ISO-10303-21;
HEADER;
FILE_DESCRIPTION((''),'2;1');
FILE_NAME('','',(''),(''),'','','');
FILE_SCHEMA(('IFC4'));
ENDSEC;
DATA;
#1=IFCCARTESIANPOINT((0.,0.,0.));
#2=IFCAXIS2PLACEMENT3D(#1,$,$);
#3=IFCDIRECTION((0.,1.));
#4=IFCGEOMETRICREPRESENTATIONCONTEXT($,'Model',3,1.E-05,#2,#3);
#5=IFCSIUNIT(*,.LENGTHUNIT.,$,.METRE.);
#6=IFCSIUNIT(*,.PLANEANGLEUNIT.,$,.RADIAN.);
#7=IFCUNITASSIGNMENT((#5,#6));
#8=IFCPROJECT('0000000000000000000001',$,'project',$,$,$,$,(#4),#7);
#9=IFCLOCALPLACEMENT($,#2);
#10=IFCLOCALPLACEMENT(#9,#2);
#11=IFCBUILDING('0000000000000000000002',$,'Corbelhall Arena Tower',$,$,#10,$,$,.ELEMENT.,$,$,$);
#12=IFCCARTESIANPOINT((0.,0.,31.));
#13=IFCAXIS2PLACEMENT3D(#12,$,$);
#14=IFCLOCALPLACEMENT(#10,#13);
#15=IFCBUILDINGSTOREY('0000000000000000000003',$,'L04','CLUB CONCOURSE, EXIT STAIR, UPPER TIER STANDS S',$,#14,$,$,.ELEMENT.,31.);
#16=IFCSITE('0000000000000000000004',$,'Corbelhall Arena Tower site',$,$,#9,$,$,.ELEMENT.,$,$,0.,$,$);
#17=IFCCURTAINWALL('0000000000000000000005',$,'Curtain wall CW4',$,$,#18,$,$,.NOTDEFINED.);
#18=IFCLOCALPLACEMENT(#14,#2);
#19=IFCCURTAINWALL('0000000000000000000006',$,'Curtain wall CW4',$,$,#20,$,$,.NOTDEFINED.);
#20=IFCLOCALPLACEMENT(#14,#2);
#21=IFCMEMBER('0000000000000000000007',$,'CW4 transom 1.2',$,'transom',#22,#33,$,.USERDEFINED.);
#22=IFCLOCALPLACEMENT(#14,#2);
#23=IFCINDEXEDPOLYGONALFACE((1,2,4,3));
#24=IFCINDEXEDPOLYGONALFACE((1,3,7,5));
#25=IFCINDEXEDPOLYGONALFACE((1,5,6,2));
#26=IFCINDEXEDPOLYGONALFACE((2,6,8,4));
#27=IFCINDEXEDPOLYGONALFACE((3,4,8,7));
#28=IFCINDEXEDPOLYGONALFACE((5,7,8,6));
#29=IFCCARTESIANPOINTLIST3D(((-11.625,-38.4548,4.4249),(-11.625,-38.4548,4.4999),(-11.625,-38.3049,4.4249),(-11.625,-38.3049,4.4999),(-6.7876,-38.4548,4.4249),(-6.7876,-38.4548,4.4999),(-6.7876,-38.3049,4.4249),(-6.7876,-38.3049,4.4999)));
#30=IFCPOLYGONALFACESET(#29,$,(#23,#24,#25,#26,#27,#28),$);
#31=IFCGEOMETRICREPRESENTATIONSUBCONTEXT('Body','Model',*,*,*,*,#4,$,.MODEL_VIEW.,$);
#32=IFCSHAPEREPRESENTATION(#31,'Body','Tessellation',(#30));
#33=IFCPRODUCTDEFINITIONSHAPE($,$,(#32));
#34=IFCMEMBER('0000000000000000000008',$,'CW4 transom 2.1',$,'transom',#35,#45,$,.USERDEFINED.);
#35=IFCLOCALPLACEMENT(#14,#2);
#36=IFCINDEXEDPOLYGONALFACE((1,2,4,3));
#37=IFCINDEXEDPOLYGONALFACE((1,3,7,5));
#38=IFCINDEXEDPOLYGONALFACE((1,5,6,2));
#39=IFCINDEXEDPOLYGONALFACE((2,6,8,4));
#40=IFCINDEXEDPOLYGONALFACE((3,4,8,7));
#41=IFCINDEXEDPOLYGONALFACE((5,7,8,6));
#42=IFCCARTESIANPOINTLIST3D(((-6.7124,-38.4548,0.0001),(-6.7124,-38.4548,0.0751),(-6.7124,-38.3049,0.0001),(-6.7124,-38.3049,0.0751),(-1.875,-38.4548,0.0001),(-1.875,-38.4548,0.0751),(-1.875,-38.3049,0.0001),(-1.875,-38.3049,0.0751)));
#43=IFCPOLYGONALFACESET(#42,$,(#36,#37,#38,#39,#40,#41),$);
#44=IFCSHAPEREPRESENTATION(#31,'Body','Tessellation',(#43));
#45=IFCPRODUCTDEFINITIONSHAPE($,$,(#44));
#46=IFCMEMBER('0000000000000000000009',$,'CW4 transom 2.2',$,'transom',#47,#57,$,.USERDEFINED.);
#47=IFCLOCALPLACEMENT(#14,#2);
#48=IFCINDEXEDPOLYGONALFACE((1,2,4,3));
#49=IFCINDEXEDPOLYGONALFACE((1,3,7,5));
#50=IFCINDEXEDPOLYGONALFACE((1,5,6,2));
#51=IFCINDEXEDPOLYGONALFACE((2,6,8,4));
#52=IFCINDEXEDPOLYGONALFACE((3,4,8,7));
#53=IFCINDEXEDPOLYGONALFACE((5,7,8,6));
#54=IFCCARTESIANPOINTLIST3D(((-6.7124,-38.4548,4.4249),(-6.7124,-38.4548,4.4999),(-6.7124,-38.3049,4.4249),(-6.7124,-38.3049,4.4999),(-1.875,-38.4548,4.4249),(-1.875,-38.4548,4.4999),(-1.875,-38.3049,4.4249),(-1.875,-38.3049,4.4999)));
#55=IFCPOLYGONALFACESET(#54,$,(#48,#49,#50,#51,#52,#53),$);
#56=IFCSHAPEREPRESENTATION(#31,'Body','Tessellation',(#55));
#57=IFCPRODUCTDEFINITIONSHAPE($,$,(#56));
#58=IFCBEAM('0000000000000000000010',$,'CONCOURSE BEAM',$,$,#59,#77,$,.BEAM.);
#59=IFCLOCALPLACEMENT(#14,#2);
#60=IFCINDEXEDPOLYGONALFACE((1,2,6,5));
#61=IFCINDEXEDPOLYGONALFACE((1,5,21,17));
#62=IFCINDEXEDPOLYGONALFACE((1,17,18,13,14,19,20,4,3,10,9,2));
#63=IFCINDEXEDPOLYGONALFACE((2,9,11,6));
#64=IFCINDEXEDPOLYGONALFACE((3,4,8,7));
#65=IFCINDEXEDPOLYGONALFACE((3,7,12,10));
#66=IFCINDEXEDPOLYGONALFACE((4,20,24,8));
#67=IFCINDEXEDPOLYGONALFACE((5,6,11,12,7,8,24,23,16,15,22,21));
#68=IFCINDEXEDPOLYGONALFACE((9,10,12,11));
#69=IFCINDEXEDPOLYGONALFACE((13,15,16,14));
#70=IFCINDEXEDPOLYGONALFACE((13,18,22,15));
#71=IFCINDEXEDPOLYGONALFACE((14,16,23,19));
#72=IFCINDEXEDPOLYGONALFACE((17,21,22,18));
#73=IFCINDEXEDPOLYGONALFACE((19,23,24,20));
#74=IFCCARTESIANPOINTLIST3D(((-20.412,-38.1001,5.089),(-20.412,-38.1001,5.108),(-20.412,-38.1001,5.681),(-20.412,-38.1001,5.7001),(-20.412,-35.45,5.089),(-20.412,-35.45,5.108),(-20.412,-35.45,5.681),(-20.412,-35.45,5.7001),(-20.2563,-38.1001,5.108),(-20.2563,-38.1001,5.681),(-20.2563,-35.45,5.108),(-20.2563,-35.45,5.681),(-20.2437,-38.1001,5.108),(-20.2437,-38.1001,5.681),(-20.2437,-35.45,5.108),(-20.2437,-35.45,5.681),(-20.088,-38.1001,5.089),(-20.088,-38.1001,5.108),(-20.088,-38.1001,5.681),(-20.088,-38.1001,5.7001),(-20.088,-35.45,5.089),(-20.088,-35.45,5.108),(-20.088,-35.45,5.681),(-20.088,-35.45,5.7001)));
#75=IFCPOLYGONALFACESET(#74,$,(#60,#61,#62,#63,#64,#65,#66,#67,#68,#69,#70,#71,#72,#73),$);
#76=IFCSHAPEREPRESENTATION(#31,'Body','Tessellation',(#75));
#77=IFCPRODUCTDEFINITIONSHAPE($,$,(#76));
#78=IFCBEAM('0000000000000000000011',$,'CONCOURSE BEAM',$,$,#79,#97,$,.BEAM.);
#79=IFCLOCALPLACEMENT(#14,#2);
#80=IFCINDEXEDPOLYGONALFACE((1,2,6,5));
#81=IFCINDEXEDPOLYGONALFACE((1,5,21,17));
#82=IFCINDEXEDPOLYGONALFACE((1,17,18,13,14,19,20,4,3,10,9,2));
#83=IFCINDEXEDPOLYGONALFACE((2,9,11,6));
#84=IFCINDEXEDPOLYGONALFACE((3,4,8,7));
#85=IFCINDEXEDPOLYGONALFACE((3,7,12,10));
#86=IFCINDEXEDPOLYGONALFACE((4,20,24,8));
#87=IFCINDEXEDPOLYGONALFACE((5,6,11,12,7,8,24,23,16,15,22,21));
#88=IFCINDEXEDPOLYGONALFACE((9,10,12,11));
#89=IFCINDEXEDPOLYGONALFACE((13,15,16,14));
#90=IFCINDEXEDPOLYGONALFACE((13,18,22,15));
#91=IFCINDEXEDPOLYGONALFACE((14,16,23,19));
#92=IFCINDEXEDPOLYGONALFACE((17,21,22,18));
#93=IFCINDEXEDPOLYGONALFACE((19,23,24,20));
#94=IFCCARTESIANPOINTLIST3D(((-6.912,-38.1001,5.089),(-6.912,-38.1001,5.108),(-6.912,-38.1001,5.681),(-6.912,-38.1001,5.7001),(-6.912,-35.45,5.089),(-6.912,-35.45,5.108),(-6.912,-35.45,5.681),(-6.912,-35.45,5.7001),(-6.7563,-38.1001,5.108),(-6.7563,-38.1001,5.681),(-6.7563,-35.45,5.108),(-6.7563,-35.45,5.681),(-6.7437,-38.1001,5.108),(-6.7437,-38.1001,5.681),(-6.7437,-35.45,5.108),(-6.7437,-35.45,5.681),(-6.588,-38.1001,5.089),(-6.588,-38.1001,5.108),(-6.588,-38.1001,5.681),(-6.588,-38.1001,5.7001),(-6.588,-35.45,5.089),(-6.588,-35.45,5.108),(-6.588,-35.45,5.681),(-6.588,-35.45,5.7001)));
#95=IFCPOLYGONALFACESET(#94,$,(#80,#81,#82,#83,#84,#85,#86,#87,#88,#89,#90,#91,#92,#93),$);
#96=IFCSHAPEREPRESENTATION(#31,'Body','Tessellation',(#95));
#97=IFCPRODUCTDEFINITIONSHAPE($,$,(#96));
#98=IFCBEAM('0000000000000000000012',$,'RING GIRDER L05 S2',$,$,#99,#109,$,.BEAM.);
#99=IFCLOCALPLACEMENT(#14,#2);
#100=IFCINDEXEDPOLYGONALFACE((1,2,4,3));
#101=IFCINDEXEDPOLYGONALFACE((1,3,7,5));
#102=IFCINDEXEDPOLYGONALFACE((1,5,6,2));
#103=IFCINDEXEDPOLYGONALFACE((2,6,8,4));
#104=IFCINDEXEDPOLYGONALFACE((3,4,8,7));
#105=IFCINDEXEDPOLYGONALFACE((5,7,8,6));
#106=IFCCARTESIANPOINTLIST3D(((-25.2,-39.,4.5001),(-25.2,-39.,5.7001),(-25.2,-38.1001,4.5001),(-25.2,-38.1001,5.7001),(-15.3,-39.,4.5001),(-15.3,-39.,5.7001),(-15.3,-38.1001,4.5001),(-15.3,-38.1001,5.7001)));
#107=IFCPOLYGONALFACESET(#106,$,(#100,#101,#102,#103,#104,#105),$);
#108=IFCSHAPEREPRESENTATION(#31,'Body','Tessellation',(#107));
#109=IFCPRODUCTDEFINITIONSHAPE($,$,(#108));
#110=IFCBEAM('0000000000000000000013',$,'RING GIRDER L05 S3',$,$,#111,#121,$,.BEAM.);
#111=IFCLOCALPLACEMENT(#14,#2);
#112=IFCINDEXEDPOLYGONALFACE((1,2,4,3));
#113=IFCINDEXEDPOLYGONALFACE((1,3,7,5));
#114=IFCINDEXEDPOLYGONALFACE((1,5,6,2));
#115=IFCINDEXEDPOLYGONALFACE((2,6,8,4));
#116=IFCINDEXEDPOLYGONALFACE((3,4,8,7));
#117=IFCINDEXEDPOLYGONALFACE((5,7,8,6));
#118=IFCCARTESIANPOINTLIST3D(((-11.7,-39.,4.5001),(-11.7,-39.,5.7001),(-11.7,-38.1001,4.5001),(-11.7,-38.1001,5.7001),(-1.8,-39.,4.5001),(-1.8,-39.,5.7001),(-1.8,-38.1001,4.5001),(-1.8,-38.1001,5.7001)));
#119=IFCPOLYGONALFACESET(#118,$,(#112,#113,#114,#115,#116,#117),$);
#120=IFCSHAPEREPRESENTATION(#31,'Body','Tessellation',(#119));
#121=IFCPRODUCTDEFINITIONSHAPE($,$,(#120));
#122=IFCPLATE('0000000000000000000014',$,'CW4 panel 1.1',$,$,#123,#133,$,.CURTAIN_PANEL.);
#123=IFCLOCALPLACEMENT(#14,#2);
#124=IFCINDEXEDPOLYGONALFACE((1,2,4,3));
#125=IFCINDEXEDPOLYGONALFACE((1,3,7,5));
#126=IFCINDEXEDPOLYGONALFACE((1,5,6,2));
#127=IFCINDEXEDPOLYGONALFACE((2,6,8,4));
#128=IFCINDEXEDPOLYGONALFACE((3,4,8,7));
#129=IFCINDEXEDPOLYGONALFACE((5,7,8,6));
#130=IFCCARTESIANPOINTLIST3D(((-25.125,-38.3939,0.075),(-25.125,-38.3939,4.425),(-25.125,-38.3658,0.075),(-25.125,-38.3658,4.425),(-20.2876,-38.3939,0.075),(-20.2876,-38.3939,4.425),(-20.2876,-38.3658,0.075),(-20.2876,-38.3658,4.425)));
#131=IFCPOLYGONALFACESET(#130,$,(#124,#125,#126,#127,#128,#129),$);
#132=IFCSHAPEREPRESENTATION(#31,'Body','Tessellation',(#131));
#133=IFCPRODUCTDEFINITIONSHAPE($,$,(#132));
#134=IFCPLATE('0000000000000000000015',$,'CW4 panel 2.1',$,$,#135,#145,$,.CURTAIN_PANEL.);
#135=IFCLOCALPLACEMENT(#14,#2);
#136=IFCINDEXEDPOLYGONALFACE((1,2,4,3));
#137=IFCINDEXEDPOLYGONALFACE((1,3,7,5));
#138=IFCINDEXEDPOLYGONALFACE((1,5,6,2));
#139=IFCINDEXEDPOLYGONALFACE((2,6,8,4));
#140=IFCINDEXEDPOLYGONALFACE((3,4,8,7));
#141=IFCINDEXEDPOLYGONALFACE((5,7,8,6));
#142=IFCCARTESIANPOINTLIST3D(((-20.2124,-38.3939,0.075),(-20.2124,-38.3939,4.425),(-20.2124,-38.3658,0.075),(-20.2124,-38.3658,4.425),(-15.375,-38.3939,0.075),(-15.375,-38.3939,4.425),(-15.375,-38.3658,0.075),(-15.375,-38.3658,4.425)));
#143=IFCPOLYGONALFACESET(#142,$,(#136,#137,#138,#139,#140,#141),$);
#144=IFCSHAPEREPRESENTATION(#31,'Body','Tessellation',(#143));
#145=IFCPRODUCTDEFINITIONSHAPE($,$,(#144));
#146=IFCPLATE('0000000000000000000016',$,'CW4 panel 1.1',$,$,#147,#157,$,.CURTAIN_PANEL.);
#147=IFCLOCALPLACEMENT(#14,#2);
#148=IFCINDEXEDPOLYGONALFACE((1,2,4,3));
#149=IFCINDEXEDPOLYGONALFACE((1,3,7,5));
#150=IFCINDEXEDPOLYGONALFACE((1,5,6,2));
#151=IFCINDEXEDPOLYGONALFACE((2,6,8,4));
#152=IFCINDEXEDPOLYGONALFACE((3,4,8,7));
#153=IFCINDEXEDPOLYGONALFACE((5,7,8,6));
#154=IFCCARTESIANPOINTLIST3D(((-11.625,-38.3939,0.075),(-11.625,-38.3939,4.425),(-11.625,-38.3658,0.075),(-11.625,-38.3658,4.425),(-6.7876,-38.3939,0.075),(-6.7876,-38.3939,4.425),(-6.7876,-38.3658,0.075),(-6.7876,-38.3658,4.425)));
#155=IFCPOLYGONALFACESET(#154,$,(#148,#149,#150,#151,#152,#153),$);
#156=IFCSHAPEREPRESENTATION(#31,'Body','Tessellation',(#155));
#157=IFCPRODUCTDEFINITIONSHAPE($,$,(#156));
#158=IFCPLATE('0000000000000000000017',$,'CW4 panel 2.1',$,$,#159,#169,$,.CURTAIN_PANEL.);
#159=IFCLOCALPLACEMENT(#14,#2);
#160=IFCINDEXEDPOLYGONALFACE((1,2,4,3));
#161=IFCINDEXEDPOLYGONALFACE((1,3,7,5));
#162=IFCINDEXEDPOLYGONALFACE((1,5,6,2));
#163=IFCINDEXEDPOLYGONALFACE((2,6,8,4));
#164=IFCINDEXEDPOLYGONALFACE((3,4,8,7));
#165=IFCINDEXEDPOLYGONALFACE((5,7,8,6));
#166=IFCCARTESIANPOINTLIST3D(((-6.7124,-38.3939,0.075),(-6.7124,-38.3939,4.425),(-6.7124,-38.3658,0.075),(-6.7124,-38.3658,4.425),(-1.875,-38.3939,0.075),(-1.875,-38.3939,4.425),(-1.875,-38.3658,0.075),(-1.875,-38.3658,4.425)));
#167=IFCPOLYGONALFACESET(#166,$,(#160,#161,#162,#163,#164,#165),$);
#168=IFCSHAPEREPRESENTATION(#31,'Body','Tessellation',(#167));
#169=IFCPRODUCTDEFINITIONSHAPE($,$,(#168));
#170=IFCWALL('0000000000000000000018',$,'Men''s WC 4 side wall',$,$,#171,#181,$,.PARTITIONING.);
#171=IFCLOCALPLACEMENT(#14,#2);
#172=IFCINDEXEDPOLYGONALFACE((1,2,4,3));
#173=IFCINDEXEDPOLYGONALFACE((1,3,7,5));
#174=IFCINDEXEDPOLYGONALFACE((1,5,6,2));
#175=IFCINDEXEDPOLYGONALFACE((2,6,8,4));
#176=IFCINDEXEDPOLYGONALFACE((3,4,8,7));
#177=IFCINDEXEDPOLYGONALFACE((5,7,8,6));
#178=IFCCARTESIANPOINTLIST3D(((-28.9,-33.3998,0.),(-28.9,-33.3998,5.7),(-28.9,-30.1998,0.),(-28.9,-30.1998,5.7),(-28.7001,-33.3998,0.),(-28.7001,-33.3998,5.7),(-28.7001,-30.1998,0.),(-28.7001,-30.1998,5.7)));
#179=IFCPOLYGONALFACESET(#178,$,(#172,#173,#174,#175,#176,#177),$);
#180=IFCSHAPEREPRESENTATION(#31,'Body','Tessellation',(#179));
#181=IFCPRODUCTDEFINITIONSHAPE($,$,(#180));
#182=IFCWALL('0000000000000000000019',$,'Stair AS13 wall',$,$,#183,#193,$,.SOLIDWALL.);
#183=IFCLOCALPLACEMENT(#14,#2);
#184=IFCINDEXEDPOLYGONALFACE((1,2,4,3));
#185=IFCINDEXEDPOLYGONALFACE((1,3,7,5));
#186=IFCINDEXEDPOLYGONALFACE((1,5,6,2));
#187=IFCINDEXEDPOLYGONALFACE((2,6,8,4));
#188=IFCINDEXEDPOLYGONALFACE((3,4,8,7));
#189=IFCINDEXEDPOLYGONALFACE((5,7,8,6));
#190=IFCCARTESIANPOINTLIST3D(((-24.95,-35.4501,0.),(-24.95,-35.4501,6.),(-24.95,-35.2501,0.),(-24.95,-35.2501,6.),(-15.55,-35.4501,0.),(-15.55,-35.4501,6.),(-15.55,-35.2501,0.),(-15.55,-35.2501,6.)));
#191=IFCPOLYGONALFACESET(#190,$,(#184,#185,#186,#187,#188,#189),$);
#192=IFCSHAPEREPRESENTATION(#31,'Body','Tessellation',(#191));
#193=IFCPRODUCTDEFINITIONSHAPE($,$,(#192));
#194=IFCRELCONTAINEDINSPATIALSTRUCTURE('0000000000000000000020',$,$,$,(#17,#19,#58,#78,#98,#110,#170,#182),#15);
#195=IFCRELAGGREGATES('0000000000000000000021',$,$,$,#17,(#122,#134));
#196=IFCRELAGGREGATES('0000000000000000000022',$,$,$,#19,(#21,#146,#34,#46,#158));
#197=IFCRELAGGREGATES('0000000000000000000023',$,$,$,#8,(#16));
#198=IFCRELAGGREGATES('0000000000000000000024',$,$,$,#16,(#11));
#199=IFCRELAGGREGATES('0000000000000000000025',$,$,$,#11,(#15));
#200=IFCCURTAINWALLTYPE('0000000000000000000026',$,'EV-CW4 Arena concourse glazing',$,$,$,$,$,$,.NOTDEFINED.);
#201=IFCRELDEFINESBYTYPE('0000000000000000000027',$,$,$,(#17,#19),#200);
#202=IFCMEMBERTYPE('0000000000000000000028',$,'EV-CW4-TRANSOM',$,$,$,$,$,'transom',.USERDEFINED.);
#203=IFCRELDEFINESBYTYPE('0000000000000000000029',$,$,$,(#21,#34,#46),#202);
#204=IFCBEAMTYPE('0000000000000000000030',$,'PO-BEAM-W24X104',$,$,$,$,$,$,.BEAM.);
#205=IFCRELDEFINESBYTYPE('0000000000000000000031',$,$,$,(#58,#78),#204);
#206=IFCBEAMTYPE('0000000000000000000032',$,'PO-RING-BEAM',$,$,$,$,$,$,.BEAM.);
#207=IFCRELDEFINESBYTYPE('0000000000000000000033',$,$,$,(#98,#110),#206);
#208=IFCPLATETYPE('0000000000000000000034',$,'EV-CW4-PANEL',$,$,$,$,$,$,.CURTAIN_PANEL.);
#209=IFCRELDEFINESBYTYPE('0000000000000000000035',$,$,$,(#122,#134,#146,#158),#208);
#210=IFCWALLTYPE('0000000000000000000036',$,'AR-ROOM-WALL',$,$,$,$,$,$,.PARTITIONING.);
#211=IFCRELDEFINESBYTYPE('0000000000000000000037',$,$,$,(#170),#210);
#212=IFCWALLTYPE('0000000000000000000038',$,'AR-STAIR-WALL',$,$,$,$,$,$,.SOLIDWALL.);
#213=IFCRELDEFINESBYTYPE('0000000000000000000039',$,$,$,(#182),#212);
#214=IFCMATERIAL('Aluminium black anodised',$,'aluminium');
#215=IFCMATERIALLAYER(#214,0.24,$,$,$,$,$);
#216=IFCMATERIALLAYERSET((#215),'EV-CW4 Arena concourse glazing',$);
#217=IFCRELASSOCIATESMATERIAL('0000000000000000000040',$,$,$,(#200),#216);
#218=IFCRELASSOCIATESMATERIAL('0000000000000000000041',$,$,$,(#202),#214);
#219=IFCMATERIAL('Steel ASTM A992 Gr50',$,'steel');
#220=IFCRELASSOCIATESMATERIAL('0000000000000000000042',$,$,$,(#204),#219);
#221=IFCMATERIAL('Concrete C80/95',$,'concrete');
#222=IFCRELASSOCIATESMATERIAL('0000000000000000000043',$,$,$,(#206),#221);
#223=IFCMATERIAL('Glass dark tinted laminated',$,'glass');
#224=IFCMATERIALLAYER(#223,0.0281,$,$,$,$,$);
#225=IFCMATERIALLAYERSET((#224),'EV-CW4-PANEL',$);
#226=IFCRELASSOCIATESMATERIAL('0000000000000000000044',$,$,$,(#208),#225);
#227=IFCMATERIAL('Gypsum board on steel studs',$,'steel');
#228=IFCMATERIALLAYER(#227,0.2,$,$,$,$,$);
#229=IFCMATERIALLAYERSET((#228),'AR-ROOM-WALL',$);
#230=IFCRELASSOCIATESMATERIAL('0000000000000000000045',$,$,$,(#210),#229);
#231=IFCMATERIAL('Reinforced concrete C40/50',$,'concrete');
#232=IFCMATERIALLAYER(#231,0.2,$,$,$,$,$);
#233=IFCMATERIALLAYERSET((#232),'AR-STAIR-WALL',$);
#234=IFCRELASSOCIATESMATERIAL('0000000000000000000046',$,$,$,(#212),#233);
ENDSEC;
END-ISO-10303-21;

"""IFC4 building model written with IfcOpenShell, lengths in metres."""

from ifc_helpers import new_model, si_unit, direction, frame, frame_2d, origin, origin_2d, place, context, subcontext, project, spatial, rectangle, i_section, extrude, material, layer, layer_set, material_profile, profile_set, type_object, element, aggregate, save


model = new_model("IFC4")

# Units and contexts
model_context = context("Model", 3, precision=1e-05, world=origin(), true_north=direction((0.0, 1.0)))
body_context = subcontext(model_context, "Body", "Model", "MODEL_VIEW")
ifc_project = project(units=[si_unit("LENGTHUNIT", "METRE"), si_unit("PLANEANGLEUNIT", "RADIAN")], contexts=[model_context])

# Site, building, storey
site_placement = place(None, origin())
site = spatial("IfcSite", under=ifc_project, at=site_placement, Name="Corbelhall Arena Tower site", CompositionType="ELEMENT", RefElevation=0.0)
building_placement = place(site_placement, origin())
building = spatial("IfcBuilding", under=site, at=building_placement, Name="Corbelhall Arena Tower", CompositionType="ELEMENT")
storey_placement = place(building_placement, frame((0.0, 0.0, 31.0)))
storey = spatial("IfcBuildingStorey", under=building, at=storey_placement, Name="L04", Description="CLUB CONCOURSE, EXIT STAIR, UPPER TIER STANDS S", CompositionType="ELEMENT", Elevation=31.0)

# Shared definitions
ifc_material_1 = material(Name="Concrete C80/95", Category="concrete")

# Shared definitions
ifc_material_2 = material(Name="Aluminium black anodised", Category="aluminium")
ifc_layer_1 = layer(ifc_material_2, 0.24)
ifc_layer_set_1 = layer_set([ifc_layer_1], Name="EV-CW4 Arena concourse glazing")
curtain_wall_type = type_object("IfcCurtainWallType", Name="EV-CW4 Arena concourse glazing", PredefinedType="NOTDEFINED", material=ifc_layer_set_1)

# Curtain walls
curtain_wall_1_placement = place(storey_placement, origin())
curtain_wall_1 = element("IfcCurtainWall", 1, at=curtain_wall_1_placement, inside=storey, type_object=curtain_wall_type, Name="Curtain wall CW4", PredefinedType="NOTDEFINED")
curtain_wall_2_placement = place(storey_placement, origin())
curtain_wall_2 = element("IfcCurtainWall", 2, at=curtain_wall_2_placement, inside=storey, type_object=curtain_wall_type, Name="Curtain wall CW4", PredefinedType="NOTDEFINED")

# Members
ifc_material_profile_1 = material_profile(ifc_material_2, rectangle(XDim=0.1499, YDim=0.075, at=origin_2d()))
ifc_profile_set_1 = profile_set([ifc_material_profile_1], Name="Aluminium black anodised")
member_type_1 = type_object("IfcMemberType", Name="EV-CW4-TRANSOM", ElementType="transom", PredefinedType="USERDEFINED", material=ifc_profile_set_1)
member_1_placement = place(storey_placement, frame((-11.625, -38.3799, 4.4624), z_axis=(1.0, 0.0, 0.0), x_axis=(0.0, 1.0, 0.0)))
member_1 = element("IfcMember", 3, at=member_1_placement, type_object=member_type_1, Name="CW4 transom 1.2", ObjectType="transom", PredefinedType="USERDEFINED", context=body_context, shape_type="SweptSolid", body=[
    extrude(rectangle(XDim=0.1499, YDim=0.075, at=origin_2d()), origin(), (0.0, 0.0, 1.0), 4.8374),
])
member_2_placement = place(storey_placement, frame((-6.7124, -38.3799, 0.0376), z_axis=(1.0, 0.0, 0.0), x_axis=(0.0, 1.0, 0.0)))
member_2 = element("IfcMember", 4, at=member_2_placement, type_object=member_type_1, Name="CW4 transom 2.1", ObjectType="transom", PredefinedType="USERDEFINED", context=body_context, shape_type="SweptSolid", body=[
    extrude(rectangle(XDim=0.1499, YDim=0.075, at=origin_2d()), origin(), (0.0, 0.0, 1.0), 4.8374),
])
member_3_placement = place(storey_placement, frame((-6.7124, -38.3799, 4.4624), z_axis=(1.0, 0.0, 0.0), x_axis=(0.0, 1.0, 0.0)))
member_3 = element("IfcMember", 5, at=member_3_placement, type_object=member_type_1, Name="CW4 transom 2.2", ObjectType="transom", PredefinedType="USERDEFINED", context=body_context, shape_type="SweptSolid", body=[
    extrude(rectangle(XDim=0.1499, YDim=0.075, at=origin_2d()), origin(), (0.0, 0.0, 1.0), 4.8374),
])

# Beams
ifc_material_3 = material(Name="Steel ASTM A992 Gr50", Category="steel")
ifc_material_profile_2 = material_profile(ifc_material_3, i_section(OverallWidth=0.324, OverallDepth=0.6111, WebThickness=0.0127, FlangeThickness=0.019, at=origin_2d()))
ifc_profile_set_2 = profile_set([ifc_material_profile_2], Name="Steel ASTM A992 Gr50")
beam_type_1 = type_object("IfcBeamType", Name="PO-BEAM-W24X104", PredefinedType="BEAM", material=ifc_profile_set_2)
for number, where, z_axis, x_axis, name in (
    (6, (-20.25, -35.45, 5.3945), (0.0, -1.0, 0.0), (1.0, 0.0, 0.0), "CONCOURSE BEAM"),
    (7, (-6.75, -35.45, 5.3945), (0.0, -1.0, 0.0), (1.0, 0.0, 0.0), "CONCOURSE BEAM"),
):
    element("IfcBeam", number, at=place(storey_placement, frame(where, z_axis=z_axis, x_axis=x_axis)), inside=storey, type_object=beam_type_1, Name=name, PredefinedType="BEAM", context=body_context, shape_type="SweptSolid", body=[
        extrude(i_section(OverallWidth=0.324, OverallDepth=0.6111, WebThickness=0.0127, FlangeThickness=0.019, at=origin_2d()), origin(), (0.0, 0.0, 1.0), 2.6501),
    ])
ifc_material_profile_3 = material_profile(ifc_material_1, rectangle(XDim=0.8999, YDim=1.2, at=origin_2d()))
ifc_profile_set_3 = profile_set([ifc_material_profile_3], Name="Concrete C80/95")
beam_type_2 = type_object("IfcBeamType", Name="PO-RING-BEAM", PredefinedType="BEAM", material=ifc_profile_set_3)
for number, where, z_axis, x_axis, name in (
    (8, (-25.2, -38.55, 5.1001), (1.0, 0.0, 0.0), (0.0, 1.0, 0.0), "RING GIRDER L05 S2"),
    (9, (-11.7, -38.55, 5.1001), (1.0, 0.0, 0.0), (0.0, 1.0, 0.0), "RING GIRDER L05 S3"),
):
    element("IfcBeam", number, at=place(storey_placement, frame(where, z_axis=z_axis, x_axis=x_axis)), inside=storey, type_object=beam_type_2, Name=name, PredefinedType="BEAM", context=body_context, shape_type="SweptSolid", body=[
        extrude(rectangle(XDim=0.8999, YDim=1.2, at=origin_2d()), origin(), (0.0, 0.0, 1.0), 9.8999),
    ])

# Plates
ifc_material_4 = material(Name="Glass dark tinted laminated", Category="glass")
ifc_layer_2 = layer(ifc_material_4, 0.0281)
ifc_layer_set_2 = layer_set([ifc_layer_2], Name="EV-CW4-PANEL")
plate_type = type_object("IfcPlateType", Name="EV-CW4-PANEL", PredefinedType="CURTAIN_PANEL", material=ifc_layer_set_2)
plate_1_placement = place(storey_placement, frame((-22.7063, -38.3799, 0.075), z_axis=(0.0, 0.0, 1.0), x_axis=(1.0, 0.0, 0.0)))
plate_1 = element("IfcPlate", 10, at=plate_1_placement, type_object=plate_type, Name="CW4 panel 1.1", PredefinedType="CURTAIN_PANEL", context=body_context, shape_type="SweptSolid", body=[
    extrude(rectangle(XDim=4.8374, YDim=0.0281, at=origin_2d()), origin(), (0.0, 0.0, 1.0), 4.3501),
])
plate_2_placement = place(storey_placement, frame((-17.7937, -38.3799, 0.075), z_axis=(0.0, 0.0, 1.0), x_axis=(1.0, 0.0, 0.0)))
plate_2 = element("IfcPlate", 11, at=plate_2_placement, type_object=plate_type, Name="CW4 panel 2.1", PredefinedType="CURTAIN_PANEL", context=body_context, shape_type="SweptSolid", body=[
    extrude(rectangle(XDim=4.8374, YDim=0.0281, at=origin_2d()), origin(), (0.0, 0.0, 1.0), 4.3501),
])
aggregate(curtain_wall_1, [plate_1, plate_2])
plate_3_placement = place(storey_placement, frame((-9.2063, -38.3799, 0.075), z_axis=(0.0, 0.0, 1.0), x_axis=(1.0, 0.0, 0.0)))
plate_3 = element("IfcPlate", 12, at=plate_3_placement, type_object=plate_type, Name="CW4 panel 1.1", PredefinedType="CURTAIN_PANEL", context=body_context, shape_type="SweptSolid", body=[
    extrude(rectangle(XDim=4.8374, YDim=0.0281, at=origin_2d()), origin(), (0.0, 0.0, 1.0), 4.3501),
])
plate_4_placement = place(storey_placement, frame((-4.2937, -38.3799, 0.075), z_axis=(0.0, 0.0, 1.0), x_axis=(1.0, 0.0, 0.0)))
plate_4 = element("IfcPlate", 13, at=plate_4_placement, type_object=plate_type, Name="CW4 panel 2.1", PredefinedType="CURTAIN_PANEL", context=body_context, shape_type="SweptSolid", body=[
    extrude(rectangle(XDim=4.8374, YDim=0.0281, at=origin_2d()), origin(), (0.0, 0.0, 1.0), 4.3501),
])
aggregate(curtain_wall_2, [member_1, plate_3, member_2, member_3, plate_4])

# Walls
ifc_material_5 = material(Name="Gypsum board on steel studs", Category="steel")
ifc_layer_3 = layer(ifc_material_5, 0.2)
ifc_layer_set_3 = layer_set([ifc_layer_3], Name="AR-ROOM-WALL")
wall_type_1 = type_object("IfcWallType", Name="AR-ROOM-WALL", PredefinedType="PARTITIONING", material=ifc_layer_set_3)
wall_1_placement = place(storey_placement, frame((-28.8, -33.3999, 0.0), z_axis=(0.0, 0.0, 1.0), x_axis=(0.0, 1.0, 0.0)))
element("IfcWall", 14, at=wall_1_placement, inside=storey, type_object=wall_type_1, Name="Men's WC 4 side wall", PredefinedType="PARTITIONING", context=body_context, shape_type="SweptSolid", body=[
    extrude(rectangle(XDim=3.2, YDim=0.2, at=frame_2d((1.6001, 0.0))), origin(), (0.0, 0.0, 1.0), 5.7),
])
ifc_material_6 = material(Name="Reinforced concrete C40/50", Category="concrete")
ifc_layer_4 = layer(ifc_material_6, 0.2)
ifc_layer_set_4 = layer_set([ifc_layer_4], Name="AR-STAIR-WALL")
wall_type_2 = type_object("IfcWallType", Name="AR-STAIR-WALL", PredefinedType="SOLIDWALL", material=ifc_layer_set_4)
wall_2_placement = place(storey_placement, frame((-24.95, -35.3501, 0.0), z_axis=(0.0, 0.0, 1.0), x_axis=(1.0, 0.0, 0.0)))
element("IfcWall", 15, at=wall_2_placement, inside=storey, type_object=wall_type_2, Name="Stair AS13 wall", PredefinedType="SOLIDWALL", context=body_context, shape_type="SweptSolid", body=[
    extrude(rectangle(XDim=9.3999, YDim=0.2, at=frame_2d((4.7, 0.0))), origin(), (0.0, 0.0, 1.0), 6.0),
])

save(model, "model.ifc")
